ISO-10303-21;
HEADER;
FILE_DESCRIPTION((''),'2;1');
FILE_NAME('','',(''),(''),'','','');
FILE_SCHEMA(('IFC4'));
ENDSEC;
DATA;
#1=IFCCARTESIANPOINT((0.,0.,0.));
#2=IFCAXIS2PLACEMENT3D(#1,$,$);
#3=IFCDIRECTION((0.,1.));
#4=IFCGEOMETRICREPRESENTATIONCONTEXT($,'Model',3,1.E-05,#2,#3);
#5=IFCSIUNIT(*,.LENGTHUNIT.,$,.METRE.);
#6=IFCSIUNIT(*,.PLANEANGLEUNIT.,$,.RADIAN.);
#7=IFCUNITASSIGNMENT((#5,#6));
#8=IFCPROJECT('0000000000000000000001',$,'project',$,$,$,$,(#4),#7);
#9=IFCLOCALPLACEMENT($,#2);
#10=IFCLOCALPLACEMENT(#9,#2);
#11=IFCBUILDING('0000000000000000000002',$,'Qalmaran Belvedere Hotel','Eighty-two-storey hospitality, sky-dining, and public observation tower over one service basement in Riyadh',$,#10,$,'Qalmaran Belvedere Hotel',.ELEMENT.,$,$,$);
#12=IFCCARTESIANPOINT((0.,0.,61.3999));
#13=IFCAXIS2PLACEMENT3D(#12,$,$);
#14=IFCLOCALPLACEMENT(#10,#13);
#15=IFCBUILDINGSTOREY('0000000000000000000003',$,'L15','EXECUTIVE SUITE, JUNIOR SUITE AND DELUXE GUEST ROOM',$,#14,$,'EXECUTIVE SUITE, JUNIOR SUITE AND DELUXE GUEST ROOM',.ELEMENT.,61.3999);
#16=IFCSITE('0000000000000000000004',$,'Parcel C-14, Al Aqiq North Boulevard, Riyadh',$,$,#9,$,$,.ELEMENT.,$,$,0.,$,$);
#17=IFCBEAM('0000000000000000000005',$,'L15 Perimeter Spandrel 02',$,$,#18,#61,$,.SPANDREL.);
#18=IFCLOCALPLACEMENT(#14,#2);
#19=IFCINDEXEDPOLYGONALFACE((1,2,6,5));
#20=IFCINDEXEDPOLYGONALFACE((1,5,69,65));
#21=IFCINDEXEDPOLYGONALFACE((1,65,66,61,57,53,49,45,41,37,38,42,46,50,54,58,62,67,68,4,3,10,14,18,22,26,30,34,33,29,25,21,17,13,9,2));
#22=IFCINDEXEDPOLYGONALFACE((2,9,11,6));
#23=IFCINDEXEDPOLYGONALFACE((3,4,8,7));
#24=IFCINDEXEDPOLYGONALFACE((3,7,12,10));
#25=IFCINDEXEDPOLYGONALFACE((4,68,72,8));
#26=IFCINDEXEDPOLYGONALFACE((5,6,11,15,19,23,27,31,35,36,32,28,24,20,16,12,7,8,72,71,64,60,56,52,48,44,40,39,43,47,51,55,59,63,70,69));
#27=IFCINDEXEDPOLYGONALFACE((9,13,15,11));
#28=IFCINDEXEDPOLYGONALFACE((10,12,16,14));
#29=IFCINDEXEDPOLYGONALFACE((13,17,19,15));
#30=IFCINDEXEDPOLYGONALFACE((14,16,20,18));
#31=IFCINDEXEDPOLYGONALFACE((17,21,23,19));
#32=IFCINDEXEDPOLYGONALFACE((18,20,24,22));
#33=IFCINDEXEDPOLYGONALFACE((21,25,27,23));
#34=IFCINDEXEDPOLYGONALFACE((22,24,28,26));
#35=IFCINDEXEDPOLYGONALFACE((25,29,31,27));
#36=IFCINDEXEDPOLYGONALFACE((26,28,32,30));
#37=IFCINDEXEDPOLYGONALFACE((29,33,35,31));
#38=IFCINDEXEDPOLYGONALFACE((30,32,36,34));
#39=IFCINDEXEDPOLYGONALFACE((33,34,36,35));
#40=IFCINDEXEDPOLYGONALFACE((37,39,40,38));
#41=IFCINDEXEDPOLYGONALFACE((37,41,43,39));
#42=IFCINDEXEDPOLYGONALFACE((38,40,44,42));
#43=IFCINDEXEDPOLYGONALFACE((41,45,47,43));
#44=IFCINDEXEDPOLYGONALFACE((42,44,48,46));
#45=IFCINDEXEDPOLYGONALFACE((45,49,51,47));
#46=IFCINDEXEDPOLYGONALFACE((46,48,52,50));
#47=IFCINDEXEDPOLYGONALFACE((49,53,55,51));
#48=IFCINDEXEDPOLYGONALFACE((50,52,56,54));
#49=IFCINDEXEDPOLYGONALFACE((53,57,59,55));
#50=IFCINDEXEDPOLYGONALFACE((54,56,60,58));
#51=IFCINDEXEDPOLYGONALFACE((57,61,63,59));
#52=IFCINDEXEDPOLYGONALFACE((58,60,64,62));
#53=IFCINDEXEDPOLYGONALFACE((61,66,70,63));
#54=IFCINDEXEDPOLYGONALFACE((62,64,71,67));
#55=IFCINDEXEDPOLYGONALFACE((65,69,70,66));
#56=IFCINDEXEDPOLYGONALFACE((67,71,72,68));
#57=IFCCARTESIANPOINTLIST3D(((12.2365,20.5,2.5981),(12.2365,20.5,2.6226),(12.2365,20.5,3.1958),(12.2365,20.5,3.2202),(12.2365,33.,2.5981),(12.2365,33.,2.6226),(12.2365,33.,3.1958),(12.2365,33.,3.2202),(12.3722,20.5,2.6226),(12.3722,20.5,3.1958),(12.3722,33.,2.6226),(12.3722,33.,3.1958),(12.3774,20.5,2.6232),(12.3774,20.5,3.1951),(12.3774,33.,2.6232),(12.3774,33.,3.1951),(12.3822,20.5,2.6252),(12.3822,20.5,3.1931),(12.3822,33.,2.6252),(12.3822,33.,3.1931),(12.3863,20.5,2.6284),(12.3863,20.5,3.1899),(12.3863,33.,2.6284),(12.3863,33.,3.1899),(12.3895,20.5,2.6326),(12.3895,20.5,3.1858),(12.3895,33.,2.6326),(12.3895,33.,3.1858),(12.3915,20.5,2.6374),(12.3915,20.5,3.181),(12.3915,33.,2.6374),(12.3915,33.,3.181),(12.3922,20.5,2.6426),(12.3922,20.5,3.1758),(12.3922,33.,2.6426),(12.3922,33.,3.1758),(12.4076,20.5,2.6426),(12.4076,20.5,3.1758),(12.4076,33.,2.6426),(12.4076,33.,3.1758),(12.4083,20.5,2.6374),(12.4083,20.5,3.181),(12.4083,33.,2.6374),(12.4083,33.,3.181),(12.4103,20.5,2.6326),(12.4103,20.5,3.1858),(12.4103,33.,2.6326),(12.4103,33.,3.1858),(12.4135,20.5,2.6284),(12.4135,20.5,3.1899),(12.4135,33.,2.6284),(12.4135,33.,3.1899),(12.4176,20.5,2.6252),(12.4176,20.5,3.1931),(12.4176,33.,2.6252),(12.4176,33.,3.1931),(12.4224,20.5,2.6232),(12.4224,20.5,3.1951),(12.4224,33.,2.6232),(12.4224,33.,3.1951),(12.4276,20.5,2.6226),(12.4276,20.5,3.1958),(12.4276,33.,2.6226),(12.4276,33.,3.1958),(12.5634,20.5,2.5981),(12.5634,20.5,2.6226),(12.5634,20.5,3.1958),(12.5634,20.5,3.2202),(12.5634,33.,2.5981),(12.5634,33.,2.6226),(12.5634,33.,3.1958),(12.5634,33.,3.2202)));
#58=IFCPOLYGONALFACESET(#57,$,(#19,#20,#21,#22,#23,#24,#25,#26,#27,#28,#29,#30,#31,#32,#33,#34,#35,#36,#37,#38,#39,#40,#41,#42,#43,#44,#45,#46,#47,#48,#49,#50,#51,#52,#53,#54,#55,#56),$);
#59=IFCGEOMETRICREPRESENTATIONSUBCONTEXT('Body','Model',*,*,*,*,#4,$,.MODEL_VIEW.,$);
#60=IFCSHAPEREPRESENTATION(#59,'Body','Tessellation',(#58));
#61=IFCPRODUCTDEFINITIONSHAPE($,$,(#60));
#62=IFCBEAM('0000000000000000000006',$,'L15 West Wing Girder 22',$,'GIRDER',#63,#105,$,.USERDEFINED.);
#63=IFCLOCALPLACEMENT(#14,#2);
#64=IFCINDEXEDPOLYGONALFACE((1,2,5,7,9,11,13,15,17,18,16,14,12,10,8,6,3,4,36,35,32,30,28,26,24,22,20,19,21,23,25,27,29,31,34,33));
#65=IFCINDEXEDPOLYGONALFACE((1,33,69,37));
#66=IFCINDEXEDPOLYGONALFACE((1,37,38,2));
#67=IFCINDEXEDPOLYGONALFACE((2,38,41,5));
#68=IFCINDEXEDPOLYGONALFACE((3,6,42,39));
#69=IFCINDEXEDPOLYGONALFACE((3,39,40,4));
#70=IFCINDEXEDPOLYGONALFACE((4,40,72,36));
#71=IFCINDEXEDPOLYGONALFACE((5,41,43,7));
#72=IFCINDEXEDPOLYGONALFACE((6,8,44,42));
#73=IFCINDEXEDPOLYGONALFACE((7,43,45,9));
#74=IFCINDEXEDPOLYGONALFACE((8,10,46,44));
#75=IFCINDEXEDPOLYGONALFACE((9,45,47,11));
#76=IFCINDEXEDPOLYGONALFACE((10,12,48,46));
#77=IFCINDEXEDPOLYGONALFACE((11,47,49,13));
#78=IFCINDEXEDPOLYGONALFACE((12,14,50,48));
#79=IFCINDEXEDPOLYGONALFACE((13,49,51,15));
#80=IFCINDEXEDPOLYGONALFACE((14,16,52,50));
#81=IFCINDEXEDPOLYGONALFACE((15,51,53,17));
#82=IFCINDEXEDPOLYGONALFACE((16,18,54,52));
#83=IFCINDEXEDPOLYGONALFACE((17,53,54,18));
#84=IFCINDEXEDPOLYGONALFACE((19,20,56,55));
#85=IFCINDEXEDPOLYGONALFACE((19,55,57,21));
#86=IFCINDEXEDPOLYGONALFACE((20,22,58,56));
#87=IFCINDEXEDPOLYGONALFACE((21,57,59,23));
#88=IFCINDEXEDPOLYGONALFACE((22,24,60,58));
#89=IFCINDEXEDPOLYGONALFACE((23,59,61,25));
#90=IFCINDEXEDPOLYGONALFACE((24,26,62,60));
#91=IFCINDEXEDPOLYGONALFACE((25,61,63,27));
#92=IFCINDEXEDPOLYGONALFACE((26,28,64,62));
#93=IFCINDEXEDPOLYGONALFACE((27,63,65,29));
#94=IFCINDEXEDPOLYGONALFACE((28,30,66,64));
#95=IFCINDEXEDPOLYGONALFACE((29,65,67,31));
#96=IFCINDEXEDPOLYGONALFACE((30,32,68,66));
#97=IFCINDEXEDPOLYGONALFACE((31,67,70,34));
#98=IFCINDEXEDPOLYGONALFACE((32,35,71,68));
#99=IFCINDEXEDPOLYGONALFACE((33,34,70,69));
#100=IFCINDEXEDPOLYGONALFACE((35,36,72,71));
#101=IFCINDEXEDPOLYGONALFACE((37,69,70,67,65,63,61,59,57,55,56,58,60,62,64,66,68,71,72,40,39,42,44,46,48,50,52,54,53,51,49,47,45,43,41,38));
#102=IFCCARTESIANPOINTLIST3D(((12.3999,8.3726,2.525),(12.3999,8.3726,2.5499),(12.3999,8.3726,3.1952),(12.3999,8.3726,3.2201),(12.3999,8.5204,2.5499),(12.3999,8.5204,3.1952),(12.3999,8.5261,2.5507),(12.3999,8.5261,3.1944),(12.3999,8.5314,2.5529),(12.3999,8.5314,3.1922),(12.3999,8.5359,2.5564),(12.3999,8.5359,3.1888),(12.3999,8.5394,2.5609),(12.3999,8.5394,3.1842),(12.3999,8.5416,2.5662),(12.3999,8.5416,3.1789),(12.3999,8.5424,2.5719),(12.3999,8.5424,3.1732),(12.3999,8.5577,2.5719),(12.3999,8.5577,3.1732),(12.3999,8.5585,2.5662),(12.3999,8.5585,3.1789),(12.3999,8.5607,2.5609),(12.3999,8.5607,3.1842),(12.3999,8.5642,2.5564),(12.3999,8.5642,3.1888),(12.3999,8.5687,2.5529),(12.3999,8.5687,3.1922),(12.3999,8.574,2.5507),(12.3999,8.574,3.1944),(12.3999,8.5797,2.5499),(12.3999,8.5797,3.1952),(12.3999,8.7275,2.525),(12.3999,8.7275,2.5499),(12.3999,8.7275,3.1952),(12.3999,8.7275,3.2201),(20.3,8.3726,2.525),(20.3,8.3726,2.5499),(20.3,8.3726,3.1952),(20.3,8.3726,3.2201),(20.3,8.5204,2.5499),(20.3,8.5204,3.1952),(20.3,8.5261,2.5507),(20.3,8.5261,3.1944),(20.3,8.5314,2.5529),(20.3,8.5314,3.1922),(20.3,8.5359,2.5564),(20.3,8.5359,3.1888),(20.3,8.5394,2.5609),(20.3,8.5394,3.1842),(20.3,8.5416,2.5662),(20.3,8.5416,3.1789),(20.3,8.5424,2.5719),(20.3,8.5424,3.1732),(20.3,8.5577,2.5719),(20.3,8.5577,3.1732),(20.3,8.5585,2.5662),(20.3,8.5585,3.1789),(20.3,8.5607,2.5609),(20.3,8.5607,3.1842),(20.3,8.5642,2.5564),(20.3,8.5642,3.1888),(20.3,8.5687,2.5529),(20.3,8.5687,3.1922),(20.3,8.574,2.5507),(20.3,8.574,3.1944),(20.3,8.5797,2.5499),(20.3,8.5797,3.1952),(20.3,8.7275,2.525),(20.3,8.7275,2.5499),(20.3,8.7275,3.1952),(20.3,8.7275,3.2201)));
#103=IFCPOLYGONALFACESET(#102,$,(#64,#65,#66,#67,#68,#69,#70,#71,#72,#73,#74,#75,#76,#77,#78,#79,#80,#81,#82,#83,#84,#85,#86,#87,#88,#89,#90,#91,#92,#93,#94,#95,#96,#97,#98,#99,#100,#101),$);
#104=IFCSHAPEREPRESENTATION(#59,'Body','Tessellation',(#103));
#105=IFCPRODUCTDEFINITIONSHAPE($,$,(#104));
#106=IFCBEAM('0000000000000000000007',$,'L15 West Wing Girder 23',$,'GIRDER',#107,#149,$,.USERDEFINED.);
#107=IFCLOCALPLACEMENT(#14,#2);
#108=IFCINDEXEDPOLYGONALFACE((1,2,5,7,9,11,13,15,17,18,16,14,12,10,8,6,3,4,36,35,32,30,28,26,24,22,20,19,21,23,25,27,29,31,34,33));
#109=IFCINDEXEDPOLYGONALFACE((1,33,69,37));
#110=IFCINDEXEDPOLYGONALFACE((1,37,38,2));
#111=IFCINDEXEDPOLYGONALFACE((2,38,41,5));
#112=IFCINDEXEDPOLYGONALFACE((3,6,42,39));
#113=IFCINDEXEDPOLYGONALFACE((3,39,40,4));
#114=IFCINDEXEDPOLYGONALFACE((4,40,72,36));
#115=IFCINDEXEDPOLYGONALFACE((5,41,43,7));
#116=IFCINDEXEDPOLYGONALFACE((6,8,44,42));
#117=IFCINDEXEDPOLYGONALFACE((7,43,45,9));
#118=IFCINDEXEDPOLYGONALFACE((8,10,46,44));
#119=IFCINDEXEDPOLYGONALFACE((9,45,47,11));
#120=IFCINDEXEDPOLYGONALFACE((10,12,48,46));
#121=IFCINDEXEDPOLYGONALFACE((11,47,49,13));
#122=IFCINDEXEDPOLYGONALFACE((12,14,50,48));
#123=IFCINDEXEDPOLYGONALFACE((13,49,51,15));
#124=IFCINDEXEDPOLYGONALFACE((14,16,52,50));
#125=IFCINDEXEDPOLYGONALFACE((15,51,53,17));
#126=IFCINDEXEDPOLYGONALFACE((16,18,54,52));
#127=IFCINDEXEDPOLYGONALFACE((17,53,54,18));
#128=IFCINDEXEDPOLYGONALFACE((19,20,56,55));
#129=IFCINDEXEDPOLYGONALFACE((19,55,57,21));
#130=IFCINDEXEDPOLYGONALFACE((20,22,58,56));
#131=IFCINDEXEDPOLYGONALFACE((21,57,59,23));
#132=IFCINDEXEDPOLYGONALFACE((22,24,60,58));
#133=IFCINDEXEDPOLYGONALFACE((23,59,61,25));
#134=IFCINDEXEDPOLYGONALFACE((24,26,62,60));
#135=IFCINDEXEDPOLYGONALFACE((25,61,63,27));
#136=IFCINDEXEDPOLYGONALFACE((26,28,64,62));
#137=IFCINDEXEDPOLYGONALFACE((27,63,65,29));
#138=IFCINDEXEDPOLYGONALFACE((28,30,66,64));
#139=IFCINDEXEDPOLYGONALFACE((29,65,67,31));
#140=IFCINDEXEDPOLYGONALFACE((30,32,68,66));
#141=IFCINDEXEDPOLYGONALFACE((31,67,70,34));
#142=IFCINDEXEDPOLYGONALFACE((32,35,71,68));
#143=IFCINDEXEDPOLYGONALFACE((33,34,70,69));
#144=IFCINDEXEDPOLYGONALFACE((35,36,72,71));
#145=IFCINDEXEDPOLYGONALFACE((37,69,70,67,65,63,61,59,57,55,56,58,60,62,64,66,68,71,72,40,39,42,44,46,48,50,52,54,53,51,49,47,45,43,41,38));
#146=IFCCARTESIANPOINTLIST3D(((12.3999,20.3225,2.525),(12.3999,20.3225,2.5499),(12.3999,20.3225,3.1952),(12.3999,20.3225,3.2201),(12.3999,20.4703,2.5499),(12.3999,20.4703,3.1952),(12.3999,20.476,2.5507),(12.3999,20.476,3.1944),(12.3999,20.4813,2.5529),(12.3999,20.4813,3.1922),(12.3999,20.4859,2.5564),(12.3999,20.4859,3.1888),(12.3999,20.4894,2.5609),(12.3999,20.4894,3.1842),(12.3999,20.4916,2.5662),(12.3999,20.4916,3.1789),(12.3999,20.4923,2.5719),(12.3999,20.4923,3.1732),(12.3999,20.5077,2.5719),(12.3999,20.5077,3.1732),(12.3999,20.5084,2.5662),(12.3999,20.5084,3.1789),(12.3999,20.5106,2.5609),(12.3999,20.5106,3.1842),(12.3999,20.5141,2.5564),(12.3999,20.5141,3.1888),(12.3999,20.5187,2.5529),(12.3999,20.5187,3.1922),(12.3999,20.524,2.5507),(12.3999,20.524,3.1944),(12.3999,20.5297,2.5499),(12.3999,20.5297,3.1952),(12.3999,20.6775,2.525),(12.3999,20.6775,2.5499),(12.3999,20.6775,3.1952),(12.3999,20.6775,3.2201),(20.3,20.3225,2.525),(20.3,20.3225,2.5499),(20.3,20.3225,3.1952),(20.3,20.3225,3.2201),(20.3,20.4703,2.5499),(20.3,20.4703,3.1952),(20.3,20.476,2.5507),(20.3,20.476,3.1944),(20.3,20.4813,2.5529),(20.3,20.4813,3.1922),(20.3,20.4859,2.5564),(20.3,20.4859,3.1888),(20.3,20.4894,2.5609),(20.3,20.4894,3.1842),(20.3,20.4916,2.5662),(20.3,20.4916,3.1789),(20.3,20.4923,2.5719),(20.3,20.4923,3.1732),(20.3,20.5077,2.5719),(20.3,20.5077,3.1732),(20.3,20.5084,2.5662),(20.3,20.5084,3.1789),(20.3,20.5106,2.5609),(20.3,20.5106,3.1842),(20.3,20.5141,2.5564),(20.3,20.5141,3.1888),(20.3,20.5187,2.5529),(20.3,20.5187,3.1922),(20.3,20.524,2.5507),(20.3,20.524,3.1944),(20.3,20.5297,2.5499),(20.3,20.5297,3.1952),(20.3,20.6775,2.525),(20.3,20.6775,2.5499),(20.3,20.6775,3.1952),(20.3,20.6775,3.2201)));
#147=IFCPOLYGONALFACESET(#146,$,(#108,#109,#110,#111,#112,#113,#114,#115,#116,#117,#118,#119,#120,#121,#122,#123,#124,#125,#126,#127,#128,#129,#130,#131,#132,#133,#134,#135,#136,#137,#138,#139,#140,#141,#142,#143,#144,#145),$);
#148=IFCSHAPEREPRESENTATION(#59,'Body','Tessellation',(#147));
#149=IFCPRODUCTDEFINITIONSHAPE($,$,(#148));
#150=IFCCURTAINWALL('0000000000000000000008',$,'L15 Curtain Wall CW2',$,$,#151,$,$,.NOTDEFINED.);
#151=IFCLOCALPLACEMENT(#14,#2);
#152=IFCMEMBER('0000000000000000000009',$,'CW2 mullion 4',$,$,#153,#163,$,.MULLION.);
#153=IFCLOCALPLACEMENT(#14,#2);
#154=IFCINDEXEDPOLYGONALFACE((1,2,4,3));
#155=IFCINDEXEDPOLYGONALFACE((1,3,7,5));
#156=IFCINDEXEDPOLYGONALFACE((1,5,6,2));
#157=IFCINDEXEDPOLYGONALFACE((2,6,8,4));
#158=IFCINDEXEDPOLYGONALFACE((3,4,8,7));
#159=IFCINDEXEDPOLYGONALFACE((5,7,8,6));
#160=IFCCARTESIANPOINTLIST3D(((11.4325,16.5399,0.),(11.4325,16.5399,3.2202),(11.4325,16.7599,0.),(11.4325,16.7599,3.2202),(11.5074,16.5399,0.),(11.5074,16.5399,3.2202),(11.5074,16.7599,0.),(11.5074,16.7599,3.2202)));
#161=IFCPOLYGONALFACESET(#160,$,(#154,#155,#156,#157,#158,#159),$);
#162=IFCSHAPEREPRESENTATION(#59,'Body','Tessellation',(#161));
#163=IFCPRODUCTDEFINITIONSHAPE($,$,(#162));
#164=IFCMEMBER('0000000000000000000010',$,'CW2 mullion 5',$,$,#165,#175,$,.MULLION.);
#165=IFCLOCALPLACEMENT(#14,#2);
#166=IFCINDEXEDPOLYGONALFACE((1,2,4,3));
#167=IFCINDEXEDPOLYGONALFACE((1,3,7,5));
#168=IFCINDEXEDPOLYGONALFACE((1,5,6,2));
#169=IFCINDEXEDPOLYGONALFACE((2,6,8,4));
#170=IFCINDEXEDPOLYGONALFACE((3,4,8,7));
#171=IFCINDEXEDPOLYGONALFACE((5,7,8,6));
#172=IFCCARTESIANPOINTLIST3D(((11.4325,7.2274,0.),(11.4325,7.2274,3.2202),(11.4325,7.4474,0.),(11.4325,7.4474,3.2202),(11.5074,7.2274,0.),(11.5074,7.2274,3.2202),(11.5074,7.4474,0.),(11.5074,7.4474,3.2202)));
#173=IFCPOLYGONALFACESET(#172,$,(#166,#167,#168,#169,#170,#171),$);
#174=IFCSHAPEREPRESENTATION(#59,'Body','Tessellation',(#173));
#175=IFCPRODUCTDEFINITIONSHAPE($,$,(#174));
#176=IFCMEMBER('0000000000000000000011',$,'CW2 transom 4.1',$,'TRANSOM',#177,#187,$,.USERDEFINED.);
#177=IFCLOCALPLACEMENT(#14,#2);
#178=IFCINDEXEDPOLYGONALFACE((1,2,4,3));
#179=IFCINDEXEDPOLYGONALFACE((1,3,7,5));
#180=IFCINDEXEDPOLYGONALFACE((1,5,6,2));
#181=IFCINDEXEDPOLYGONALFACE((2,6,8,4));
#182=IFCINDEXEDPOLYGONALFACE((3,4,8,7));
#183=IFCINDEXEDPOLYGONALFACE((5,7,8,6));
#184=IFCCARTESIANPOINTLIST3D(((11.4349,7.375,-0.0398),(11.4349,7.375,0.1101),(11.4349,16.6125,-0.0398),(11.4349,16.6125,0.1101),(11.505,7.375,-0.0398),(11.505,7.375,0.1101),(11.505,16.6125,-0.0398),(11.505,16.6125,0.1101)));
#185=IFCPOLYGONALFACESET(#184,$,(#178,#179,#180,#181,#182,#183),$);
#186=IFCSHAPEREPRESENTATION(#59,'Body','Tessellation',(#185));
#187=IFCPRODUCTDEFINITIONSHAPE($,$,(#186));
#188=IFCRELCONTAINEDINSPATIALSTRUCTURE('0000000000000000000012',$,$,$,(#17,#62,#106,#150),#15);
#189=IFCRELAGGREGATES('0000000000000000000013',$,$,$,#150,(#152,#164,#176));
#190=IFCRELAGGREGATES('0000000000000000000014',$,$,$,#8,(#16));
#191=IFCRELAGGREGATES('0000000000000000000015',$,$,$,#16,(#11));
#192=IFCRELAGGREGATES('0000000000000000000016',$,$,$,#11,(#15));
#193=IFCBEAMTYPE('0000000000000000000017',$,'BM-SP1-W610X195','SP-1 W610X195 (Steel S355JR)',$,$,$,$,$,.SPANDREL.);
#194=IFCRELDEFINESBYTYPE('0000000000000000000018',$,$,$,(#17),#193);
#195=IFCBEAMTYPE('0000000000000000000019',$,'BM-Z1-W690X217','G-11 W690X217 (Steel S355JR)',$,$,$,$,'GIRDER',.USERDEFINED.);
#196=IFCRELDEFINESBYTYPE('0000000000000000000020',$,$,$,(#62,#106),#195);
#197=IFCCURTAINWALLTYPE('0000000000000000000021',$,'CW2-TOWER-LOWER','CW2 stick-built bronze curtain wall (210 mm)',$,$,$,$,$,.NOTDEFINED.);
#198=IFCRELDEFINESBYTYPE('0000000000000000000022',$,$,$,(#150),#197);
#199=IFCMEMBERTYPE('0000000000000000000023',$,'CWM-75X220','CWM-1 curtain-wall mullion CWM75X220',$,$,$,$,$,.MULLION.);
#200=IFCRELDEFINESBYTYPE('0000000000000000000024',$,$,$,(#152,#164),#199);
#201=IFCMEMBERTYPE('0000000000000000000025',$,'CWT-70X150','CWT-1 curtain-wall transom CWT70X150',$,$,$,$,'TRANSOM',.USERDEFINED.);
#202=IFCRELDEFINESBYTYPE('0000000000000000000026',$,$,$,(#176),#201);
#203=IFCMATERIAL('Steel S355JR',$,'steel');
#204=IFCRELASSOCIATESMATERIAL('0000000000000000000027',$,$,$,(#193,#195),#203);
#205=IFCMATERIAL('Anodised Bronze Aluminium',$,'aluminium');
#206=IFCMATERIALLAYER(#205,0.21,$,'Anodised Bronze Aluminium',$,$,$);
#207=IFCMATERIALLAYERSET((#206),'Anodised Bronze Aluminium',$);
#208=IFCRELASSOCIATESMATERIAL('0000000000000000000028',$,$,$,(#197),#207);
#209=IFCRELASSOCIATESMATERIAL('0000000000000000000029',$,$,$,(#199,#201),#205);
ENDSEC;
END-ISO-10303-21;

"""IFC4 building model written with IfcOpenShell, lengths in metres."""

from ifc_helpers import new_model, si_unit, direction, frame, origin, origin_2d, place, context, subcontext, project, spatial, rectangle, i_section, extrude, material, layer, layer_set, material_profile, profile_set, type_object, element, aggregate, save


model = new_model("IFC4")

# Units and contexts
model_context = context("Model", 3, precision=1e-05, world=origin(), true_north=direction((0.0, 1.0)))
body_context = subcontext(model_context, "Body", "Model", "MODEL_VIEW")
ifc_project = project(units=[si_unit("LENGTHUNIT", "METRE"), si_unit("PLANEANGLEUNIT", "RADIAN")], contexts=[model_context])

# Site, building, storey
site_placement = place(None, origin())
site = spatial("IfcSite", under=ifc_project, at=site_placement, Name="Parcel C-14, Al Aqiq North Boulevard, Riyadh", CompositionType="ELEMENT", RefElevation=0.0)
building_placement = place(site_placement, origin())
building = spatial("IfcBuilding", under=site, at=building_placement, Name="Qalmaran Belvedere Hotel", Description="Eighty-two-storey hospitality, sky-dining, and public observation tower over one service basement in Riyadh", LongName="Qalmaran Belvedere Hotel", CompositionType="ELEMENT")
storey_placement = place(building_placement, frame((0.0, 0.0, 61.3999)))
storey = spatial("IfcBuildingStorey", under=building, at=storey_placement, Name="L15", Description="EXECUTIVE SUITE, JUNIOR SUITE AND DELUXE GUEST ROOM", LongName="EXECUTIVE SUITE, JUNIOR SUITE AND DELUXE GUEST ROOM", CompositionType="ELEMENT", Elevation=61.3999)

# Beams
ifc_material_1 = material(Name="Steel S355JR", Category="steel")
ifc_material_profile_1 = material_profile(ifc_material_1, i_section(OverallWidth=0.3269, OverallDepth=0.6221, WebThickness=0.0154, FlangeThickness=0.0244, FilletRadius=0.02, at=origin_2d()), Name="W610X195")
ifc_profile_set_1 = profile_set([ifc_material_profile_1], Name="Steel S355JR")
beam_type_1 = type_object("IfcBeamType", Name="BM-SP1-W610X195", Description="SP-1 W610X195 (Steel S355JR)", PredefinedType="SPANDREL", material=ifc_profile_set_1)
beam_1_placement = place(storey_placement, frame((12.3999, 20.5, 2.9092), z_axis=(0.0, 1.0, 0.0), x_axis=(-1.0, 0.0, 0.0)))
element("IfcBeam", 1, at=beam_1_placement, inside=storey, type_object=beam_type_1, Name="L15 Perimeter Spandrel 02", PredefinedType="SPANDREL", context=body_context, shape_type="SweptSolid", body=[
    extrude(i_section(OverallWidth=0.3269, OverallDepth=0.6221, WebThickness=0.0154, FlangeThickness=0.0244, FilletRadius=0.02, at=origin_2d()), origin(), (0.0, 0.0, 1.0), 12.5),
])
ifc_material_profile_2 = material_profile(ifc_material_1, i_section(OverallWidth=0.355, OverallDepth=0.6951, WebThickness=0.0154, FlangeThickness=0.0249, FilletRadius=0.022, at=origin_2d()), Name="W690X217")
ifc_profile_set_2 = profile_set([ifc_material_profile_2], Name="Steel S355JR")
beam_type_2 = type_object("IfcBeamType", Name="BM-Z1-W690X217", Description="G-11 W690X217 (Steel S355JR)", ElementType="GIRDER", PredefinedType="USERDEFINED", material=ifc_profile_set_2)
for number, where, z_axis, x_axis, name in (
    (2, (12.3999, 8.55, 2.8726), (1.0, 0.0, 0.0), (0.0, 1.0, 0.0), "L15 West Wing Girder 22"),
    (3, (12.3999, 20.5, 2.8726), (1.0, 0.0, 0.0), (0.0, 1.0, 0.0), "L15 West Wing Girder 23"),
):
    element("IfcBeam", number, at=place(storey_placement, frame(where, z_axis=z_axis, x_axis=x_axis)), inside=storey, type_object=beam_type_2, Name=name, ObjectType="GIRDER", PredefinedType="USERDEFINED", context=body_context, shape_type="SweptSolid", body=[
        extrude(i_section(OverallWidth=0.355, OverallDepth=0.6951, WebThickness=0.0154, FlangeThickness=0.0249, FilletRadius=0.022, at=origin_2d()), origin(), (0.0, 0.0, 1.0), 7.9001),
    ])

# Curtain wall, members
ifc_material_2 = material(Name="Anodised Bronze Aluminium", Category="aluminium")
ifc_layer_1 = layer(ifc_material_2, 0.21, Name="Anodised Bronze Aluminium")
ifc_layer_set_1 = layer_set([ifc_layer_1], Name="Anodised Bronze Aluminium")
curtain_wall_type = type_object("IfcCurtainWallType", Name="CW2-TOWER-LOWER", Description="CW2 stick-built bronze curtain wall (210 mm)", PredefinedType="NOTDEFINED", material=ifc_layer_set_1)
curtain_wall_1_placement = place(storey_placement, origin())
curtain_wall_1 = element("IfcCurtainWall", 4, at=curtain_wall_1_placement, inside=storey, type_object=curtain_wall_type, Name="L15 Curtain Wall CW2", PredefinedType="NOTDEFINED")
ifc_material_profile_3 = material_profile(ifc_material_2, rectangle(XDim=0.075, YDim=0.22, at=origin_2d()), Name="CWM75X220")
ifc_profile_set_3 = profile_set([ifc_material_profile_3], Name="Anodised Bronze Aluminium")
member_type_1 = type_object("IfcMemberType", Name="CWM-75X220", Description="CWM-1 curtain-wall mullion CWM75X220", PredefinedType="MULLION", material=ifc_profile_set_3)
member_1_placement = place(storey_placement, frame((11.47, 16.6499, 0.0), z_axis=(0.0, 0.0, 1.0), x_axis=(1.0, 0.0, 0.0)))
member_1 = element("IfcMember", 5, at=member_1_placement, type_object=member_type_1, Name="CW2 mullion 4", PredefinedType="MULLION", context=body_context, shape_type="SweptSolid", body=[
    extrude(rectangle(XDim=0.075, YDim=0.22, at=origin_2d()), origin(), (0.0, 0.0, 1.0), 3.2202),
])
member_2_placement = place(storey_placement, frame((11.47, 7.3374, 0.0), z_axis=(0.0, 0.0, 1.0), x_axis=(1.0, 0.0, 0.0)))
member_2 = element("IfcMember", 6, at=member_2_placement, type_object=member_type_1, Name="CW2 mullion 5", PredefinedType="MULLION", context=body_context, shape_type="SweptSolid", body=[
    extrude(rectangle(XDim=0.075, YDim=0.22, at=origin_2d()), origin(), (0.0, 0.0, 1.0), 3.2202),
])
ifc_material_profile_4 = material_profile(ifc_material_2, rectangle(XDim=0.0701, YDim=0.1499, at=origin_2d()), Name="CWT70X150")
ifc_profile_set_4 = profile_set([ifc_material_profile_4], Name="Anodised Bronze Aluminium")
member_type_2 = type_object("IfcMemberType", Name="CWT-70X150", Description="CWT-1 curtain-wall transom CWT70X150", ElementType="TRANSOM", PredefinedType="USERDEFINED", material=ifc_profile_set_4)
member_3_placement = place(storey_placement, frame((11.47, 16.6125, 0.0352), z_axis=(0.0, -1.0, 0.0), x_axis=(1.0, 0.0, 0.0)))
member_3 = element("IfcMember", 7, at=member_3_placement, type_object=member_type_2, Name="CW2 transom 4.1", ObjectType="TRANSOM", PredefinedType="USERDEFINED", context=body_context, shape_type="SweptSolid", body=[
    extrude(rectangle(XDim=0.0701, YDim=0.1499, at=origin_2d()), origin(), (0.0, 0.0, 1.0), 9.2375),
])

aggregate(curtain_wall_1, [member_1, member_2, member_3])

save(model, "model.ifc")
